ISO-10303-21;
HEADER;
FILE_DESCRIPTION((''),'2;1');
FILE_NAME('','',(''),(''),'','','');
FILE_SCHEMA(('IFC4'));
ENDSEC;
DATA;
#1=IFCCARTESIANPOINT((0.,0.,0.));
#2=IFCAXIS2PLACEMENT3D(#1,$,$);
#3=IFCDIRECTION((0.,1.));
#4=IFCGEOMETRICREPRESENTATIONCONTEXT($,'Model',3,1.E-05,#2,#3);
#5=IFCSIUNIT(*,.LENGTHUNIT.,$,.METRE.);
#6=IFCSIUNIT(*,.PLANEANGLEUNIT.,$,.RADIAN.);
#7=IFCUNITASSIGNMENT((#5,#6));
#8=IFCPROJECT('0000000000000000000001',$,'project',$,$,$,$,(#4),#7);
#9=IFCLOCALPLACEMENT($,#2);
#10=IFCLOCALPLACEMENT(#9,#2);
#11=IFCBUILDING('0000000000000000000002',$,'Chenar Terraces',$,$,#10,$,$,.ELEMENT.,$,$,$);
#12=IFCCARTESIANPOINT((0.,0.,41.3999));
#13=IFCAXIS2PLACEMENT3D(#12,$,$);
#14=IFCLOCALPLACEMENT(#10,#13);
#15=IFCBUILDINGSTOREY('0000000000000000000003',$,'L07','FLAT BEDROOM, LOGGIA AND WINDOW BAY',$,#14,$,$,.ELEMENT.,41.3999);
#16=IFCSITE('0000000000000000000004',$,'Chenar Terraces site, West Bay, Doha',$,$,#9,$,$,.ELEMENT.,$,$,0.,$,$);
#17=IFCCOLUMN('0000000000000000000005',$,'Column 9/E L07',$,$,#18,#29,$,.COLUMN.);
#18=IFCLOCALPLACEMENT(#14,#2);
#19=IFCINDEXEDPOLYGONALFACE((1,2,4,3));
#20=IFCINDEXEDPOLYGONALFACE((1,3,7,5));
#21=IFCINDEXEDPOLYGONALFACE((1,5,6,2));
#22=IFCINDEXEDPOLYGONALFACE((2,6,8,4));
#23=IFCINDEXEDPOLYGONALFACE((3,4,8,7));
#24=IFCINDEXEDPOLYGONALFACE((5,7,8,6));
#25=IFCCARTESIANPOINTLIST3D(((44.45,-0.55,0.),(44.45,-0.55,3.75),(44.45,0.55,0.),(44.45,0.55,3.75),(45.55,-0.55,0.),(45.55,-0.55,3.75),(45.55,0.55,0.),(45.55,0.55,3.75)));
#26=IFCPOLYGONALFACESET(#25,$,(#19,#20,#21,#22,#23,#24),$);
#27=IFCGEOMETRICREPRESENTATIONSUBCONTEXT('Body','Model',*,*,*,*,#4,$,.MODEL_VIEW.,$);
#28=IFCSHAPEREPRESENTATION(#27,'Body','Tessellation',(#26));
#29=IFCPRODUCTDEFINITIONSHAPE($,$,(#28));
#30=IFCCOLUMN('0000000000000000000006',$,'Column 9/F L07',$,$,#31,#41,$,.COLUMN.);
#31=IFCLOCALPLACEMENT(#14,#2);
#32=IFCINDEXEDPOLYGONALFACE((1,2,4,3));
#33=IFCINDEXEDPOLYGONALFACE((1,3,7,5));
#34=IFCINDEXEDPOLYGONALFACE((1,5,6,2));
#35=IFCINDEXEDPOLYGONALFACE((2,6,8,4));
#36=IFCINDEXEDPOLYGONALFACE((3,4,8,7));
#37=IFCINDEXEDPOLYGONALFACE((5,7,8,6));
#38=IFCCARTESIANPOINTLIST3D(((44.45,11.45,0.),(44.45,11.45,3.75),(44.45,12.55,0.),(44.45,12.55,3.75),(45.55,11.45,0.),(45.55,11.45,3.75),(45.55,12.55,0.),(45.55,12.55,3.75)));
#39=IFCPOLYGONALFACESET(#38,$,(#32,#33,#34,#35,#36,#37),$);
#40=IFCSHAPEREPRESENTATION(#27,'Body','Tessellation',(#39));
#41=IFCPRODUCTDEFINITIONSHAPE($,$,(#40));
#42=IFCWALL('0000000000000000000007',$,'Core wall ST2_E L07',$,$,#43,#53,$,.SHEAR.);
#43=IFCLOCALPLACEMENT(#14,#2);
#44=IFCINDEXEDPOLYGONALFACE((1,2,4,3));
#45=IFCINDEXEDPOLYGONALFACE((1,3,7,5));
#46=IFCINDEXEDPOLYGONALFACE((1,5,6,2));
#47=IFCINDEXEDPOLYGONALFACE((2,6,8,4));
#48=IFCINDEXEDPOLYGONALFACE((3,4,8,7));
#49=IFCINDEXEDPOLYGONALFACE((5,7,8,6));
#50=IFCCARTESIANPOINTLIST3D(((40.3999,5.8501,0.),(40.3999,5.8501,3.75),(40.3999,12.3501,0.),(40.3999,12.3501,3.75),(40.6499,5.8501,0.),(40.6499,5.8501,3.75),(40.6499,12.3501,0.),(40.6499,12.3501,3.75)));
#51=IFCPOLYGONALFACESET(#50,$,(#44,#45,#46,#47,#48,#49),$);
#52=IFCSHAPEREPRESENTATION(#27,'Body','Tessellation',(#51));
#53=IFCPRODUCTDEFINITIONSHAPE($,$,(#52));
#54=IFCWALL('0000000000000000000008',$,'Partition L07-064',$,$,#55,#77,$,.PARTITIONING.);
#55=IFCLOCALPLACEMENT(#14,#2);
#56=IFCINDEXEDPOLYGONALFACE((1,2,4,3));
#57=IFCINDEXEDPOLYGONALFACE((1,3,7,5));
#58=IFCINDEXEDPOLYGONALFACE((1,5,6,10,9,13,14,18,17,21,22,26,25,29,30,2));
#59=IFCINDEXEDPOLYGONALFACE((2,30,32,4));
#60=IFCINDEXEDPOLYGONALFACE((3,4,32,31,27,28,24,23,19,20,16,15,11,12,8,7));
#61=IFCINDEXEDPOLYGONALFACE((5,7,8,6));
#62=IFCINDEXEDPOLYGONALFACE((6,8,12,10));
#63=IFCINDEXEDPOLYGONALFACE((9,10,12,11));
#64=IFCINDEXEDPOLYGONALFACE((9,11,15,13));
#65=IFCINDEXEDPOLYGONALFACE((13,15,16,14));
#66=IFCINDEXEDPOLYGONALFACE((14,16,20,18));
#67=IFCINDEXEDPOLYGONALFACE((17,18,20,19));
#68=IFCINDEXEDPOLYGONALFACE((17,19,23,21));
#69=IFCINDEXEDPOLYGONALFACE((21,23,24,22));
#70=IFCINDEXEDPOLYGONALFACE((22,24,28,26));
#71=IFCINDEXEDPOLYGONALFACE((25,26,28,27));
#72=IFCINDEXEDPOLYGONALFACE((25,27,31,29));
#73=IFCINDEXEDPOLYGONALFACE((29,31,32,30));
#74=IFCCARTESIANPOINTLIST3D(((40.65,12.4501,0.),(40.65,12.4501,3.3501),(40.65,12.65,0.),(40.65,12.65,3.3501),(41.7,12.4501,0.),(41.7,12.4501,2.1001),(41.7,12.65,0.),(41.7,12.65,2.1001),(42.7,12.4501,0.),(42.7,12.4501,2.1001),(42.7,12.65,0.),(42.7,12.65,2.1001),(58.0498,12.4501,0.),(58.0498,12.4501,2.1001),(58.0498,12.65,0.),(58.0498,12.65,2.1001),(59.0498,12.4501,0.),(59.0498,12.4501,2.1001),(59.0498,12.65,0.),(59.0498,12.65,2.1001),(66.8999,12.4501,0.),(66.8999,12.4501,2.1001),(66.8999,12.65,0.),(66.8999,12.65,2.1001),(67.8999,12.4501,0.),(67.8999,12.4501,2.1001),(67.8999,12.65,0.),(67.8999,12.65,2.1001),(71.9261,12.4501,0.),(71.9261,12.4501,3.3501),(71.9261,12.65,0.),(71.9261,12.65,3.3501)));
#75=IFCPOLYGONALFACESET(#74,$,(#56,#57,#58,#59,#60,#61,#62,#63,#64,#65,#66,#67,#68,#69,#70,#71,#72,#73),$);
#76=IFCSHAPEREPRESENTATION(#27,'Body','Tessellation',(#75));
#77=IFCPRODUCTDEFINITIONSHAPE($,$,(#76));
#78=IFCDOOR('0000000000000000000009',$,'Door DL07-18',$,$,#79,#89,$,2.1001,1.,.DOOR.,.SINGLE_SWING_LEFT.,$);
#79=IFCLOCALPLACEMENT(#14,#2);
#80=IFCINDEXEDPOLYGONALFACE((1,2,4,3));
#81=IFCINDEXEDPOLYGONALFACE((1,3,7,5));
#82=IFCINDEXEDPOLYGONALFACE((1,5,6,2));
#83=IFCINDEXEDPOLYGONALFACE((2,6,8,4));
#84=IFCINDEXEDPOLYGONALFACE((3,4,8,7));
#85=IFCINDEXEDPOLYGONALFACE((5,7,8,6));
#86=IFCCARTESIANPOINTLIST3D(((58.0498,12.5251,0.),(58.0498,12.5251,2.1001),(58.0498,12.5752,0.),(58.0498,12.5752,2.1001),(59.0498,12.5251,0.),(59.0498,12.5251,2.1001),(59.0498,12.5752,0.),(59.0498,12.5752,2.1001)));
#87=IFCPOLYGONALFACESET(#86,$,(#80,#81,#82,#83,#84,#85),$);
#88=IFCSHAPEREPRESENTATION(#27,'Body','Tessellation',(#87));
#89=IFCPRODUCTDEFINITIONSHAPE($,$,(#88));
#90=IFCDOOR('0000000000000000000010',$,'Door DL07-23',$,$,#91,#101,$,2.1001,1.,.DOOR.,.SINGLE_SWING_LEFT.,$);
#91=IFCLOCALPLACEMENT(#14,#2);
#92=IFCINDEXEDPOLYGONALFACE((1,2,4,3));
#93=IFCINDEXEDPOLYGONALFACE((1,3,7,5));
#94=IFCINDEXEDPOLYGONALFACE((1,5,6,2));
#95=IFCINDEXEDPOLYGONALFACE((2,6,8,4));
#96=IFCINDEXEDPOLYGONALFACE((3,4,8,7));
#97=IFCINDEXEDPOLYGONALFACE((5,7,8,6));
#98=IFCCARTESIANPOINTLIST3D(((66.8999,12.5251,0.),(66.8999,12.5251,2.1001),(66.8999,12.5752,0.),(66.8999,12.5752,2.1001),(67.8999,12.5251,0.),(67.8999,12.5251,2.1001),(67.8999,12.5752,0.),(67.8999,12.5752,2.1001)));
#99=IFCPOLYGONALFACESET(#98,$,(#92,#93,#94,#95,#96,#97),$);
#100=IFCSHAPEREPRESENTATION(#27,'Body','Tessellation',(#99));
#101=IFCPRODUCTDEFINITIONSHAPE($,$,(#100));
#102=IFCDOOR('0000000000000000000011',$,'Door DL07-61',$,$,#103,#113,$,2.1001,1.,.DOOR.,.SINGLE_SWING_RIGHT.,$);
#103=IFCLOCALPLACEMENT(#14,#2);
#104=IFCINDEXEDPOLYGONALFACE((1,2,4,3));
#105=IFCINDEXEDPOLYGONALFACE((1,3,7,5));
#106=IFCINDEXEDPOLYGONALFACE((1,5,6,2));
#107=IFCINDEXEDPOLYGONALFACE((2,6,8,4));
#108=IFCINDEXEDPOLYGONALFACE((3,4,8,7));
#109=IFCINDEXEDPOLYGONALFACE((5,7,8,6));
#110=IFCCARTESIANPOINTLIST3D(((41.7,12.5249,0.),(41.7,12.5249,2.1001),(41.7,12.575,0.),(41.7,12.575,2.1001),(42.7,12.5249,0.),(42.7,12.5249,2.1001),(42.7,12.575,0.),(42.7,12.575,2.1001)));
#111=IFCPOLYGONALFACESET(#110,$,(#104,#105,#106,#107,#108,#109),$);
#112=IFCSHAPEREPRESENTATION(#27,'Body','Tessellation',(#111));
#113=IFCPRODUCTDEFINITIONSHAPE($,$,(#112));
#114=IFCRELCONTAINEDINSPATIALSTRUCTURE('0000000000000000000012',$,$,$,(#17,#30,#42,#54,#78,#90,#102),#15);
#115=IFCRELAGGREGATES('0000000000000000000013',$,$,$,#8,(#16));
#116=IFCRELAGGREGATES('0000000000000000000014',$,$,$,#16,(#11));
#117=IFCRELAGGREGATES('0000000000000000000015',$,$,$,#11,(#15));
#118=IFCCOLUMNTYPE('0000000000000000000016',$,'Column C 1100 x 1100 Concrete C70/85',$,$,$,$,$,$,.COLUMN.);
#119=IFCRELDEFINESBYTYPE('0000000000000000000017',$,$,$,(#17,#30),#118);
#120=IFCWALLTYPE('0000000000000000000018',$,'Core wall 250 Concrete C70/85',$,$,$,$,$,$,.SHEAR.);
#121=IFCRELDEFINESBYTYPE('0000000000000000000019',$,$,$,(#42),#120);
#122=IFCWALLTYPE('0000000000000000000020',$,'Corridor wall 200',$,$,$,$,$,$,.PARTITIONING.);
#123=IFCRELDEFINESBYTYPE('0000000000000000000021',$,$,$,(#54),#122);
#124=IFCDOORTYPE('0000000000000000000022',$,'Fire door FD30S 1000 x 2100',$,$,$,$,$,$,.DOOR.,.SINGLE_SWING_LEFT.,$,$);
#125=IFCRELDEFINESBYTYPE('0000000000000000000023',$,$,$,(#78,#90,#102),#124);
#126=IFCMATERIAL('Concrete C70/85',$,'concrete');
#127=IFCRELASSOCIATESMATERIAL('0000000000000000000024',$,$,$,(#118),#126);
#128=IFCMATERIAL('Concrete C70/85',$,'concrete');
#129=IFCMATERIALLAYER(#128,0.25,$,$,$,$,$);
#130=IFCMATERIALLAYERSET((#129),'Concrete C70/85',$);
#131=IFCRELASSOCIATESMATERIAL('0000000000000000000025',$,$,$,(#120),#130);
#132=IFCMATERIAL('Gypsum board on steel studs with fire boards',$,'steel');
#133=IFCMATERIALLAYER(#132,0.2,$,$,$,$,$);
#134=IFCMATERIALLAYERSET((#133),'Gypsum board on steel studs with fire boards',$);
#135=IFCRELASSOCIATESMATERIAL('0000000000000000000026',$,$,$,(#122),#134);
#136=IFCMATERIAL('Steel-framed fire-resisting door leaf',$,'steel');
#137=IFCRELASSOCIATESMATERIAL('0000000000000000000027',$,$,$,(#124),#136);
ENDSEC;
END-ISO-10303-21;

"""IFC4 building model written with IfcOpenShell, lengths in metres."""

from ifc_helpers import new_model, si_unit, direction, frame, frame_2d, origin, origin_2d, place, context, subcontext, project, spatial, rectangle, extrude, material, layer, layer_set, material_profile, profile_set, type_object, element, fill, save


model = new_model("IFC4")

# Units and contexts
model_context = context("Model", 3, precision=1e-05, world=origin(), true_north=direction((0.0, 1.0)))
body_context = subcontext(model_context, "Body", "Model", "MODEL_VIEW")
ifc_project = project(units=[si_unit("LENGTHUNIT", "METRE"), si_unit("PLANEANGLEUNIT", "RADIAN")], contexts=[model_context])

# Site, building, storey
site_placement = place(None, origin())
site = spatial("IfcSite", under=ifc_project, at=site_placement, Name="Chenar Terraces site, West Bay, Doha", CompositionType="ELEMENT", RefElevation=0.0)
building_placement = place(site_placement, origin())
building = spatial("IfcBuilding", under=site, at=building_placement, Name="Chenar Terraces", CompositionType="ELEMENT")
storey_placement = place(building_placement, frame((0.0, 0.0, 41.3999)))
storey = spatial("IfcBuildingStorey", under=building, at=storey_placement, Name="L07", Description="FLAT BEDROOM, LOGGIA AND WINDOW BAY", CompositionType="ELEMENT", Elevation=41.3999)

# Columns
ifc_material_1 = material(Name="Concrete C70/85", Category="concrete")
ifc_material_profile_1 = material_profile(ifc_material_1, rectangle(XDim=1.1001, YDim=1.1001, at=origin_2d()), Name="C 1100 x 1100")
ifc_profile_set_1 = profile_set([ifc_material_profile_1], Name="Concrete C70/85")
column_type = type_object("IfcColumnType", Name="Column C 1100 x 1100 Concrete C70/85", PredefinedType="COLUMN", material=ifc_profile_set_1)
for number, where, z_axis, x_axis, name in (
    (1, (45.0, 0.0, 0.0), (0.0, 0.0, 1.0), (1.0, 0.0, 0.0), "Column 9/E L07"),
    (2, (45.0, 12.0, 0.0), (0.0, 0.0, 1.0), (1.0, 0.0, 0.0), "Column 9/F L07"),
):
    element("IfcColumn", number, at=place(storey_placement, frame(where, z_axis=z_axis, x_axis=x_axis)), inside=storey, type_object=column_type, Name=name, PredefinedType="COLUMN", context=body_context, shape_type="SweptSolid", body=[
        extrude(rectangle(XDim=1.1001, YDim=1.1001, at=origin_2d()), origin(), (0.0, 0.0, 1.0), 3.75),
    ])

# Wall
ifc_material_2 = material(Name="Concrete C70/85", Category="concrete")
ifc_layer_1 = layer(ifc_material_2, 0.25)
ifc_layer_set_1 = layer_set([ifc_layer_1], Name="Concrete C70/85")
wall_type_1 = type_object("IfcWallType", Name="Core wall 250 Concrete C70/85", PredefinedType="SHEAR", material=ifc_layer_set_1)
wall_1_placement = place(storey_placement, frame((40.5249, 5.8501, 0.0), z_axis=(0.0, 0.0, 1.0), x_axis=(0.0, 1.0, 0.0)))
element("IfcWall", 3, at=wall_1_placement, inside=storey, type_object=wall_type_1, Name="Core wall ST2_E L07", PredefinedType="SHEAR", context=body_context, shape_type="SweptSolid", body=[
    extrude(rectangle(XDim=6.5, YDim=0.25, at=frame_2d((3.25, 0.0))), origin(), (0.0, 0.0, 1.0), 3.75),
])

# Wall, openings, doors
ifc_material_3 = material(Name="Gypsum board on steel studs with fire boards", Category="steel")
ifc_layer_2 = layer(ifc_material_3, 0.2)
ifc_layer_set_2 = layer_set([ifc_layer_2], Name="Gypsum board on steel studs with fire boards")
wall_type_2 = type_object("IfcWallType", Name="Corridor wall 200", PredefinedType="PARTITIONING", material=ifc_layer_set_2)
wall_2_placement = place(storey_placement, frame((40.6499, 12.55, 0.0), z_axis=(0.0, 0.0, 1.0), x_axis=(1.0, 0.0, 0.0)))
wall_2 = element("IfcWall", 4, at=wall_2_placement, inside=storey, type_object=wall_type_2, Name="Partition L07-064", PredefinedType="PARTITIONING", context=body_context, shape_type="SweptSolid", body=[
    extrude(rectangle(XDim=31.2761, YDim=0.2, at=frame_2d((15.6382, 0.0))), origin(), (0.0, 0.0, 1.0), 3.3501),
])
opening_1_placement = place(wall_2_placement, frame((17.3999, 0.0, 0.0)))
opening_1 = element("IfcOpeningElement", 5, at=opening_1_placement, cuts=wall_2, PredefinedType="OPENING", context=body_context, shape_type="SweptSolid", body=[
    extrude(rectangle(XDim=1.0, YDim=2.1001, at=frame_2d((0.5, 1.05))), frame((0.0, 0.1099, 0.0), z_axis=(0.0, -1.0, 0.0), x_axis=(1.0, 0.0, 0.0)), (0.0, 0.0, 1.0), 0.22),
])
opening_2_placement = place(wall_2_placement, frame((26.25, 0.0, 0.0)))
opening_2 = element("IfcOpeningElement", 6, at=opening_2_placement, cuts=wall_2, PredefinedType="OPENING", context=body_context, shape_type="SweptSolid", body=[
    extrude(rectangle(XDim=1.0, YDim=2.1001, at=frame_2d((0.5, 1.05))), frame((0.0, 0.1099, 0.0), z_axis=(0.0, -1.0, 0.0), x_axis=(1.0, 0.0, 0.0)), (0.0, 0.0, 1.0), 0.22),
])
opening_3_placement = place(wall_2_placement, frame((1.05, 0.0, 0.0)))
opening_3 = element("IfcOpeningElement", 7, at=opening_3_placement, cuts=wall_2, PredefinedType="OPENING", context=body_context, shape_type="SweptSolid", body=[
    extrude(rectangle(XDim=1.0, YDim=2.1001, at=frame_2d((0.5, 1.05))), frame((0.0, 0.1099, 0.0), z_axis=(0.0, -1.0, 0.0), x_axis=(1.0, 0.0, 0.0)), (0.0, 0.0, 1.0), 0.22),
])
ifc_material_4 = material(Name="Steel-framed fire-resisting door leaf", Category="steel")
door_type_1 = type_object("IfcDoorType", Name="Fire door FD30S 1000 x 2100", OperationType="SINGLE_SWING_LEFT", PredefinedType="DOOR", material=ifc_material_4)
door_1_placement = place(opening_1_placement, frame((1.0, 0.0, 0.0), z_axis=(0.0, 0.0, 1.0), x_axis=(-1.0, 0.0, 0.0)))
door_1 = element("IfcDoor", 8, at=door_1_placement, inside=storey, type_object=door_type_1, Name="Door DL07-18", OperationType="SINGLE_SWING_LEFT", OverallHeight=2.1001, OverallWidth=1.0, PredefinedType="DOOR", context=body_context, shape_type="SweptSolid", body=[
    extrude(rectangle(XDim=1.0, YDim=2.1001, at=frame_2d((0.5, 1.05))), frame((0.0, 0.0249, 0.0), z_axis=(0.0, -1.0, 0.0), x_axis=(1.0, 0.0, 0.0)), (0.0, 0.0, 1.0), 0.05),
])
fill(opening_1, door_1)
door_2_placement = place(opening_2_placement, frame((1.0, 0.0, 0.0), z_axis=(0.0, 0.0, 1.0), x_axis=(-1.0, 0.0, 0.0)))
door_2 = element("IfcDoor", 9, at=door_2_placement, inside=storey, type_object=door_type_1, Name="Door DL07-23", OperationType="SINGLE_SWING_LEFT", OverallHeight=2.1001, OverallWidth=1.0, PredefinedType="DOOR", context=body_context, shape_type="SweptSolid", body=[
    extrude(rectangle(XDim=1.0, YDim=2.1001, at=frame_2d((0.5, 1.05))), frame((0.0, 0.0249, 0.0), z_axis=(0.0, -1.0, 0.0), x_axis=(1.0, 0.0, 0.0)), (0.0, 0.0, 1.0), 0.05),
])
fill(opening_2, door_2)
door_3_placement = place(opening_3_placement, origin())
door_3 = element("IfcDoor", 10, at=door_3_placement, inside=storey, type_object=door_type_1, Name="Door DL07-61", OperationType="SINGLE_SWING_RIGHT", OverallHeight=2.1001, OverallWidth=1.0, PredefinedType="DOOR", context=body_context, shape_type="SweptSolid", body=[
    extrude(rectangle(XDim=1.0, YDim=2.1001, at=frame_2d((0.5, 1.05))), frame((0.0, 0.0249, 0.0), z_axis=(0.0, -1.0, 0.0), x_axis=(1.0, 0.0, 0.0)), (0.0, 0.0, 1.0), 0.05),
])
fill(opening_3, door_3)

save(model, "model.ifc")
